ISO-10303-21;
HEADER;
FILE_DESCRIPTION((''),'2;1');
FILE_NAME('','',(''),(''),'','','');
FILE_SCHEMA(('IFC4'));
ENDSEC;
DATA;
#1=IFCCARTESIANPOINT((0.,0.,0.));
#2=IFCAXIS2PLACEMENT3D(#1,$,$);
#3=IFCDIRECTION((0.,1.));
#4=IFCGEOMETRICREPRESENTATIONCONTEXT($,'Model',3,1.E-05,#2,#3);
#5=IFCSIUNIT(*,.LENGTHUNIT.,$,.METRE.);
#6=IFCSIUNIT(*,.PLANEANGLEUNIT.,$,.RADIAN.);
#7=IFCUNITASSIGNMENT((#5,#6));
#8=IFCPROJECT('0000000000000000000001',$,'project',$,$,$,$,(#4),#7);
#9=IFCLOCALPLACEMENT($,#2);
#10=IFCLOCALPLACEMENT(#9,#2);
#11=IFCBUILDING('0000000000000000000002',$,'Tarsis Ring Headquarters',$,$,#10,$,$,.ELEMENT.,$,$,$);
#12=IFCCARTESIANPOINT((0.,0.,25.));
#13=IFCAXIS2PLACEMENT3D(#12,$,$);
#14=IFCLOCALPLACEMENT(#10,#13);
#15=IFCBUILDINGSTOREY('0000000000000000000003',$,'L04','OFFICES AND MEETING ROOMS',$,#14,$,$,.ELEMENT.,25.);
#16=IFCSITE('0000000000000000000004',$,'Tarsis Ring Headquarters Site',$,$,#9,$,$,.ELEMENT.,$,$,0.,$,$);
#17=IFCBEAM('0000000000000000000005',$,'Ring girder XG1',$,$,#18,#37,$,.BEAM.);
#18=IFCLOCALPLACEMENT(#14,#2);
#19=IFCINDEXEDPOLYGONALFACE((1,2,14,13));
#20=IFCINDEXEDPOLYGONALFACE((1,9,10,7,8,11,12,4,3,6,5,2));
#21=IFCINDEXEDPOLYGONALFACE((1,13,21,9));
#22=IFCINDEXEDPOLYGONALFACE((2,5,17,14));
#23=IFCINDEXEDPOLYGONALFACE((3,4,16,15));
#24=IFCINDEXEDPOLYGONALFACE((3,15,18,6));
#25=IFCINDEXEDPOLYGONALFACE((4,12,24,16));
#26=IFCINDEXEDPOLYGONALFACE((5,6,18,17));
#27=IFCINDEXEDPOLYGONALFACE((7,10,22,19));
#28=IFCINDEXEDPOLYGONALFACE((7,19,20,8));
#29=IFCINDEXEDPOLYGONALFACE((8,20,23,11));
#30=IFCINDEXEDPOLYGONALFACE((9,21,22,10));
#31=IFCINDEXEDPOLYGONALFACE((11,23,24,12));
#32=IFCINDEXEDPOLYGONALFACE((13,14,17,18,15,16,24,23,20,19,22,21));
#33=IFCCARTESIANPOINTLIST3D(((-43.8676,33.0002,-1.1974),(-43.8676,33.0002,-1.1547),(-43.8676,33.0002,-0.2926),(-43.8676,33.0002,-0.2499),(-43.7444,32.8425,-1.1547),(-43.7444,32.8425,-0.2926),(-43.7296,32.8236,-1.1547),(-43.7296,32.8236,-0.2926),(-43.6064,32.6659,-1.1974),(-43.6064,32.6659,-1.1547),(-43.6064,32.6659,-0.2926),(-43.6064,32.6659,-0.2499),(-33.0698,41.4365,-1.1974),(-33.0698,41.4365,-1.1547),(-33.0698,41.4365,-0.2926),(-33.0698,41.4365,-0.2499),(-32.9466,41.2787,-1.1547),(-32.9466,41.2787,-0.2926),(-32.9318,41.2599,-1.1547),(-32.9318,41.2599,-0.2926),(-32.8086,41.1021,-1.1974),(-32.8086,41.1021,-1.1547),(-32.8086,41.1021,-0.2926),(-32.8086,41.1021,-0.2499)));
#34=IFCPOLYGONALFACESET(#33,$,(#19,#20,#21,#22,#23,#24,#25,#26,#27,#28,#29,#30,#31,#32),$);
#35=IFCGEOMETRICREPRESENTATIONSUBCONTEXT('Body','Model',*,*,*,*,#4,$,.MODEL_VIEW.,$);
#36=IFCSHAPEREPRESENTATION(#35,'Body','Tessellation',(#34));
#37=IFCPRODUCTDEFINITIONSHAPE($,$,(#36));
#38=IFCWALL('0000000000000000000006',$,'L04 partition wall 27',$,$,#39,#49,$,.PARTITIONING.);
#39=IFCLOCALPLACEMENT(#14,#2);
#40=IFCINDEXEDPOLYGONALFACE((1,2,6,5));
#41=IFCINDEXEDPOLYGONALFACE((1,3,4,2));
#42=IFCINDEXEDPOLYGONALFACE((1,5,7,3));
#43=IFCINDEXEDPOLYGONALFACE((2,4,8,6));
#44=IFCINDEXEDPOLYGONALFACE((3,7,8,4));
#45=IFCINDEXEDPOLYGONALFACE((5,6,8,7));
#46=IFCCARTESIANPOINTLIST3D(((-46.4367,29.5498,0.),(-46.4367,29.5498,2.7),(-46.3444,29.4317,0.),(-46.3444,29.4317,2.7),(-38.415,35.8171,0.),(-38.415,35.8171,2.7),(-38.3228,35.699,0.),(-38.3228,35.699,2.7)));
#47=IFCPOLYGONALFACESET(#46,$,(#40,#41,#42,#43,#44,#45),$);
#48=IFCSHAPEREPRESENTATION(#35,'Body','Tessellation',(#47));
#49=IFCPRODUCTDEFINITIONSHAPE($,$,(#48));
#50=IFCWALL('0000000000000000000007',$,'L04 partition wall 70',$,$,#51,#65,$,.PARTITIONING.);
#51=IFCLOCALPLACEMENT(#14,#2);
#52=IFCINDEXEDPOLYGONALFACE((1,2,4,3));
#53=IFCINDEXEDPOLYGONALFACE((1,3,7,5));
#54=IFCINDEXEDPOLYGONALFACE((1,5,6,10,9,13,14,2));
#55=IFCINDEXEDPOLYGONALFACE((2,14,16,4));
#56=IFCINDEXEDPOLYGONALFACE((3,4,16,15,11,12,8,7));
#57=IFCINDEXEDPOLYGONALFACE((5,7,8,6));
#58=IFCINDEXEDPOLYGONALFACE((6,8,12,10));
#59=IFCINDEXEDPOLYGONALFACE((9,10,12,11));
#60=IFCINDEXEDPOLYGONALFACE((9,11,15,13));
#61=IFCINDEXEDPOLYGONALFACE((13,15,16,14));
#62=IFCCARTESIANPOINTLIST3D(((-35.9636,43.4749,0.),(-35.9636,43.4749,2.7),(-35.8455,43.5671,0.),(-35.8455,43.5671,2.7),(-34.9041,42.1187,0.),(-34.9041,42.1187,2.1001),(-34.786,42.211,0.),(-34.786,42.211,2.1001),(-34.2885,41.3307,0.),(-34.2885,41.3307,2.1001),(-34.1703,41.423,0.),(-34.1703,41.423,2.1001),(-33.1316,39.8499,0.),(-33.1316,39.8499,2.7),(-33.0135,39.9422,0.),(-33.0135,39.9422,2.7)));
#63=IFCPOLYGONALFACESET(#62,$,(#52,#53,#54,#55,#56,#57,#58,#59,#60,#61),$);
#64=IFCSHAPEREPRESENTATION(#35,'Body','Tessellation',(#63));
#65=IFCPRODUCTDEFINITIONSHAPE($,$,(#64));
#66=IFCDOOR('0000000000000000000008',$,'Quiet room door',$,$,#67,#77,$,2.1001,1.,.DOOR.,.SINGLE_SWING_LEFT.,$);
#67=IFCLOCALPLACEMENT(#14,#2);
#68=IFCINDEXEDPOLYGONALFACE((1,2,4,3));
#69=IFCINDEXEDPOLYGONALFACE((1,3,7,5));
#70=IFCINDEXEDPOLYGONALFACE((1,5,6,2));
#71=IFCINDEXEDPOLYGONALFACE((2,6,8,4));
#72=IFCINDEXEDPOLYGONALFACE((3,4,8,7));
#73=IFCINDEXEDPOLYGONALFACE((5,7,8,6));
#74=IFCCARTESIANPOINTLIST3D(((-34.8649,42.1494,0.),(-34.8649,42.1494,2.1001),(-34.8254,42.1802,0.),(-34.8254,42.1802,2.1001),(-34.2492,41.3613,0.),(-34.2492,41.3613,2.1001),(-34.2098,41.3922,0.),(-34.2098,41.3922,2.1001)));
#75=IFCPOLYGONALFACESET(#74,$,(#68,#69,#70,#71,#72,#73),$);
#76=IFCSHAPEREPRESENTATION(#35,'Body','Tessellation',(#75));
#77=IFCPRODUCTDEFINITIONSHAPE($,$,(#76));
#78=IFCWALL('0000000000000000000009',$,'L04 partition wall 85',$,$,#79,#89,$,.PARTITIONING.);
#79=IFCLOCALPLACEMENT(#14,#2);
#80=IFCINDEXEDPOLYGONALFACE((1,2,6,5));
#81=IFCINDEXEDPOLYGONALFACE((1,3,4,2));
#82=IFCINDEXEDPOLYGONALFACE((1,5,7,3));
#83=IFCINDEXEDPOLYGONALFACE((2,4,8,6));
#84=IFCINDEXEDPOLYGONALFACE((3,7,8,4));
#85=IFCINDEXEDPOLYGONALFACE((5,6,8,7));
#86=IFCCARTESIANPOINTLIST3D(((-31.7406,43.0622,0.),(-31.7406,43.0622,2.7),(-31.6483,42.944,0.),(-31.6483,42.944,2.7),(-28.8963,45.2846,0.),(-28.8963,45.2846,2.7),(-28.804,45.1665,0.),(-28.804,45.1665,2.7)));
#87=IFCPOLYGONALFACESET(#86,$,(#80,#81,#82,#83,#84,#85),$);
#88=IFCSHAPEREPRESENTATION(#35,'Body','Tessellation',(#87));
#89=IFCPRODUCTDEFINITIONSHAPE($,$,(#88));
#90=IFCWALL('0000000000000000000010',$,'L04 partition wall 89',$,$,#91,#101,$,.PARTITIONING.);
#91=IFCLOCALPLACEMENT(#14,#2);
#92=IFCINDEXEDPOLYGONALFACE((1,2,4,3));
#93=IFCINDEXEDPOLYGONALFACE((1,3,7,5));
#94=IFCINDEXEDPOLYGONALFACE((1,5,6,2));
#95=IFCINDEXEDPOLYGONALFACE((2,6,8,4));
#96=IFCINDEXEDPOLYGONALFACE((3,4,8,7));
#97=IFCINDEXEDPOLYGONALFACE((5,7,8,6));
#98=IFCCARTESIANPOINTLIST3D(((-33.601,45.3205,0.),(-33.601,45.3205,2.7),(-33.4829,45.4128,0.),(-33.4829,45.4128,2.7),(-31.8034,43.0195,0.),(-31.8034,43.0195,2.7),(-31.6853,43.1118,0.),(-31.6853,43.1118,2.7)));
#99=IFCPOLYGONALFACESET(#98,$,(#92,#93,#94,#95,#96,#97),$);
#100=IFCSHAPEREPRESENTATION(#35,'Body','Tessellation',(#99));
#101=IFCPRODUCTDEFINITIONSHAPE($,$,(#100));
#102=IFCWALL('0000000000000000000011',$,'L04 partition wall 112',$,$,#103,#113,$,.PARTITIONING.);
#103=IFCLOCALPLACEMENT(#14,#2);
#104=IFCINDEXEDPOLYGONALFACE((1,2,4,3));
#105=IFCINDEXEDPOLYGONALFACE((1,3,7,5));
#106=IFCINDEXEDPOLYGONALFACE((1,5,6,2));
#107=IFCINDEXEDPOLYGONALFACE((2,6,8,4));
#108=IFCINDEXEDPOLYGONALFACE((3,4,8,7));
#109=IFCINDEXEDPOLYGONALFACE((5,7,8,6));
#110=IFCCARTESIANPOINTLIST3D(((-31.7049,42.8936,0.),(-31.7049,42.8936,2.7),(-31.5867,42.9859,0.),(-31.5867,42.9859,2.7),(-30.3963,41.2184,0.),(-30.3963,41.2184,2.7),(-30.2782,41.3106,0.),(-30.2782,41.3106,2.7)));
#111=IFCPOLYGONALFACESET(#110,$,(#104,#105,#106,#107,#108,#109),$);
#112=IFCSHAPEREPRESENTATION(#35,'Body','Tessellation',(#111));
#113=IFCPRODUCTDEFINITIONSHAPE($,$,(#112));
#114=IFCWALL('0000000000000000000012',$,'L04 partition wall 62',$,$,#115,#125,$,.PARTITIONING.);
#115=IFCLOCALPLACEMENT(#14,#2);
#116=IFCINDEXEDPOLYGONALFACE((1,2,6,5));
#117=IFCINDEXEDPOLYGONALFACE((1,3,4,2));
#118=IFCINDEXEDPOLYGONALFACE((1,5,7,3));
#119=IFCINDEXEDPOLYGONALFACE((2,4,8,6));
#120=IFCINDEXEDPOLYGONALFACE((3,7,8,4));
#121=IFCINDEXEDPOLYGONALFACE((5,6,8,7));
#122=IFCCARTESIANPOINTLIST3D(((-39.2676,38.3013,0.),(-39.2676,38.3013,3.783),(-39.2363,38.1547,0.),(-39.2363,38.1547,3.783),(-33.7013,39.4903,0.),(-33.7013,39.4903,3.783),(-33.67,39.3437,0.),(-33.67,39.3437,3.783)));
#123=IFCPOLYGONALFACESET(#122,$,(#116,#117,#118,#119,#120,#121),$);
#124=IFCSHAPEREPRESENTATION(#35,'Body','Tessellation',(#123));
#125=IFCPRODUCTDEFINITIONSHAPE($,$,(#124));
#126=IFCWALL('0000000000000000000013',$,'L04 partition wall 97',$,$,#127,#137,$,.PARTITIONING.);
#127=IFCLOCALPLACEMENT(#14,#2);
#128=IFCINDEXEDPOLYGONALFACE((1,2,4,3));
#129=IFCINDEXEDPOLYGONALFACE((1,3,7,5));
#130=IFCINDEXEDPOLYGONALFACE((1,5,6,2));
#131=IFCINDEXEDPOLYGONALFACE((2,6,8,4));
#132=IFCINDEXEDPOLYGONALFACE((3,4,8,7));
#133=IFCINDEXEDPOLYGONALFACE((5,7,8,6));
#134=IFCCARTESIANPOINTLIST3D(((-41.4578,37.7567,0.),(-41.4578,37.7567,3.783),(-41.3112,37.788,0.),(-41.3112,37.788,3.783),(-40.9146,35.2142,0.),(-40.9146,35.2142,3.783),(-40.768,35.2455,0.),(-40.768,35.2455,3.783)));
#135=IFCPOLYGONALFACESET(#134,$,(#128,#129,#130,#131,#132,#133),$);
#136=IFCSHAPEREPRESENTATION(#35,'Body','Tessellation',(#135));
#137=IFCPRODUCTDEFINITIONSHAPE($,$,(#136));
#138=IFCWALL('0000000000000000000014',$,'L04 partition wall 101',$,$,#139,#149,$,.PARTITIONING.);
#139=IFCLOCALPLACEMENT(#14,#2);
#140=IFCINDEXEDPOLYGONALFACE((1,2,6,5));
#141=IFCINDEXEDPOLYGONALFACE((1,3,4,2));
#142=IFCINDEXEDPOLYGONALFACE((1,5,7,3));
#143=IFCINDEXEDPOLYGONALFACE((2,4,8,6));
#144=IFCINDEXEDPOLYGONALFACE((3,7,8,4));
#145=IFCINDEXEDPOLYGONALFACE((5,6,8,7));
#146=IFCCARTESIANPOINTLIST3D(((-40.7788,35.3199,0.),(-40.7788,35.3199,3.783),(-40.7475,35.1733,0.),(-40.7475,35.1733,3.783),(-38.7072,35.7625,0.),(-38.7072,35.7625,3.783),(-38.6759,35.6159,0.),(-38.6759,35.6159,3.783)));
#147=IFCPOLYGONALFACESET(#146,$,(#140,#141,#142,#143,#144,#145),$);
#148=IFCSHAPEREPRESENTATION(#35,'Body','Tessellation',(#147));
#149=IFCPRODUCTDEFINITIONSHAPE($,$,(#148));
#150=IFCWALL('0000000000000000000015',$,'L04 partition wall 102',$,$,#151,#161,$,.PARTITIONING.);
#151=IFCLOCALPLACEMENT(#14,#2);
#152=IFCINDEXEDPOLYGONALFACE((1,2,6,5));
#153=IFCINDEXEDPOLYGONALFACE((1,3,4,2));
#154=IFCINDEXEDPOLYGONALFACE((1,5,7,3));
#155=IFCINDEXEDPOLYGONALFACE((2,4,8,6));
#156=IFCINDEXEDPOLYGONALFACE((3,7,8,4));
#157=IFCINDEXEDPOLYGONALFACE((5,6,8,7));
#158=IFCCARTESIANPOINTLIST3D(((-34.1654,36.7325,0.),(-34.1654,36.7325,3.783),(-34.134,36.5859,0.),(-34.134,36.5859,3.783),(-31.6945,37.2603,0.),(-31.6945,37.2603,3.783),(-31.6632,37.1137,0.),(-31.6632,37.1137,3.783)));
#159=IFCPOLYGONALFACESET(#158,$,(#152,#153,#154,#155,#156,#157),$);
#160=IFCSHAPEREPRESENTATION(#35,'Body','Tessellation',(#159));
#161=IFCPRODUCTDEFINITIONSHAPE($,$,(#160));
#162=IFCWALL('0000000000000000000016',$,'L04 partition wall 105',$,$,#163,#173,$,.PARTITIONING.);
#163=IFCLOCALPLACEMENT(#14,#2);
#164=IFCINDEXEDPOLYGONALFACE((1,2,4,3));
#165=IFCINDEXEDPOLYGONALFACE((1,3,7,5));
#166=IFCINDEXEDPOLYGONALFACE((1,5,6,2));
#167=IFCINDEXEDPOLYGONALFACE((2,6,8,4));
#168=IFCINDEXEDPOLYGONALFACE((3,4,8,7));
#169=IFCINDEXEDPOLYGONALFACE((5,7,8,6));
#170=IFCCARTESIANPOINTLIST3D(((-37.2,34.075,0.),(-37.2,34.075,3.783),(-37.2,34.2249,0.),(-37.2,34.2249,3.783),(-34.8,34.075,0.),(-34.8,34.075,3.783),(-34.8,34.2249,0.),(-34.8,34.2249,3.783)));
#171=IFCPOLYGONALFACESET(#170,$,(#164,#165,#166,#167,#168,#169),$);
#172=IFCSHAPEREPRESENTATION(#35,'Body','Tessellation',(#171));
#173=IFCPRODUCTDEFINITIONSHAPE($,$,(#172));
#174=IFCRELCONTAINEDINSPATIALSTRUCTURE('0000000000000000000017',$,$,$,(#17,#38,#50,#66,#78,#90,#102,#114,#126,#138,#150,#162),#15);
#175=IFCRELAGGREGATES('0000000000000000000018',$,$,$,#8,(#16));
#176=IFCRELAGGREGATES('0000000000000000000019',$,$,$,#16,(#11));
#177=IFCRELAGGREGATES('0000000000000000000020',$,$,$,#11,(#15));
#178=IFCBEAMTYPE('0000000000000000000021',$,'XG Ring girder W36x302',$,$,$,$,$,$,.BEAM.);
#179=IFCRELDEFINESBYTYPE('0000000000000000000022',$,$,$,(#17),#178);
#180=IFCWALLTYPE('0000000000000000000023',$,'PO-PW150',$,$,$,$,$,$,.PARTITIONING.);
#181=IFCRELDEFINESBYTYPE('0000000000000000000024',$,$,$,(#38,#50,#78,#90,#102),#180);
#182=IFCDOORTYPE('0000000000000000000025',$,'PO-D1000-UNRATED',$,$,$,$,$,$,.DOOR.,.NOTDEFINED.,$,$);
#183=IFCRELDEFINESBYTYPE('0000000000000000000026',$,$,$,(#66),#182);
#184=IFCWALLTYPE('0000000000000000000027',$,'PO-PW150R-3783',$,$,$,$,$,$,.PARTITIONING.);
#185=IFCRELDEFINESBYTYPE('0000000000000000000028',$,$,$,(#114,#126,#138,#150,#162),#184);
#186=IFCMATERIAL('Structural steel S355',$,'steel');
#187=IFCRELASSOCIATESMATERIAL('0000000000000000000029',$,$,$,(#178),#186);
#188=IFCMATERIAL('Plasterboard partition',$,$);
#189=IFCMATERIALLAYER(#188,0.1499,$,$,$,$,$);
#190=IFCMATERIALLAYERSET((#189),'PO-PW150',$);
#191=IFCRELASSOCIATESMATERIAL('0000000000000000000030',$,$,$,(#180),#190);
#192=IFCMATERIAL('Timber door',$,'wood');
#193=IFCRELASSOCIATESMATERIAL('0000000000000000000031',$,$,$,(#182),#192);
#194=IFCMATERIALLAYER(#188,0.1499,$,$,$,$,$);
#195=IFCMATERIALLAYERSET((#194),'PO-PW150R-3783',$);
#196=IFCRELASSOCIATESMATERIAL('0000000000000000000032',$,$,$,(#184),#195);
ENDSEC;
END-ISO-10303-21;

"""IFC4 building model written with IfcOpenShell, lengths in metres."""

from ifc_helpers import new_model, si_unit, direction, frame, frame_2d, origin, origin_2d, place, context, subcontext, project, spatial, rectangle, i_section, extrude, material, layer, layer_set, material_profile, profile_set, type_object, element, fill, save


model = new_model("IFC4")

# Units and contexts
model_context = context("Model", 3, precision=1e-05, world=origin(), true_north=direction((0.0, 1.0)))
body_context = subcontext(model_context, "Body", "Model", "MODEL_VIEW")
ifc_project = project(units=[si_unit("LENGTHUNIT", "METRE"), si_unit("PLANEANGLEUNIT", "RADIAN")], contexts=[model_context])

# Site, building, storey
site_placement = place(None, origin())
site = spatial("IfcSite", under=ifc_project, at=site_placement, Name="Tarsis Ring Headquarters Site", CompositionType="ELEMENT", RefElevation=0.0)
building_placement = place(site_placement, origin())
building = spatial("IfcBuilding", under=site, at=building_placement, Name="Tarsis Ring Headquarters", CompositionType="ELEMENT")
storey_placement = place(building_placement, frame((0.0, 0.0, 25.0)))
storey = spatial("IfcBuildingStorey", under=building, at=storey_placement, Name="L04", Description="OFFICES AND MEETING ROOMS", CompositionType="ELEMENT", Elevation=25.0)

# Beam
ifc_material_1 = material(Name="Structural steel S355", Category="steel")
ifc_material_profile_1 = material_profile(ifc_material_1, i_section(OverallWidth=0.4243, OverallDepth=0.9475, WebThickness=0.0239, FlangeThickness=0.0427, at=origin_2d()), Name="W36x302")
ifc_profile_set_1 = profile_set([ifc_material_profile_1], Name="Structural steel S355")
beam_type_1 = type_object("IfcBeamType", Name="XG Ring girder W36x302", PredefinedType="BEAM", material=ifc_profile_set_1)
beam_1_placement = place(storey_placement, frame((-32.9392, 41.2693, -0.7236), z_axis=(-0.788008, -0.615665, 0.0), x_axis=(0.615665, -0.788008, 0.0)))
element("IfcBeam", 1, at=beam_1_placement, inside=storey, type_object=beam_type_1, Name="Ring girder XG1", PredefinedType="BEAM", context=body_context, shape_type="SweptSolid", body=[
    extrude(i_section(OverallWidth=0.4243, OverallDepth=0.9475, WebThickness=0.0239, FlangeThickness=0.0427, at=origin_2d()), origin(), (0.0, 0.0, 1.0), 13.7026),
])

# Wall
ifc_material_2 = material(Name="Plasterboard partition")
ifc_layer_1 = layer(ifc_material_2, 0.1499)
ifc_layer_set_1 = layer_set([ifc_layer_1], Name="PO-PW150")
wall_type_1 = type_object("IfcWallType", Name="PO-PW150", PredefinedType="PARTITIONING", material=ifc_layer_set_1)
wall_1_placement = place(storey_placement, frame((-38.3689, 35.7581, 0.0), z_axis=(0.0, 0.0, 1.0), x_axis=(-0.788007, -0.615666, 0.0)))
element("IfcWall", 2, at=wall_1_placement, inside=storey, type_object=wall_type_1, Name="L04 partition wall 27", PredefinedType="PARTITIONING", context=body_context, shape_type="SweptSolid", body=[
    extrude(rectangle(XDim=10.1797, YDim=0.1499, at=frame_2d((5.0898, 0.0))), origin(), (0.0, 0.0, 1.0), 2.7),
])

# Wall, opening, door
wall_2_placement = place(storey_placement, frame((-35.9045, 43.521, 0.0), z_axis=(0.0, 0.0, 1.0), x_axis=(0.615644, -0.788024, 0.0)))
wall_2 = element("IfcWall", 3, at=wall_2_placement, inside=storey, type_object=wall_type_1, Name="L04 partition wall 70", PredefinedType="PARTITIONING", context=body_context, shape_type="SweptSolid", body=[
    extrude(rectangle(XDim=4.6001, YDim=0.1499, at=frame_2d((2.3, 0.0))), origin(), (0.0, 0.0, 1.0), 2.7),
])
opening_1_placement = place(wall_2_placement, frame((1.7209, 0.0, 0.0)))
opening_1 = element("IfcOpeningElement", 4, at=opening_1_placement, cuts=wall_2, PredefinedType="OPENING", context=body_context, shape_type="SweptSolid", body=[
    extrude(rectangle(XDim=1.0, YDim=2.1001, at=frame_2d((0.5, 1.05))), frame((0.0, 0.085, 0.0), z_axis=(0.0, -1.0, 0.0), x_axis=(1.0, 0.0, 0.0)), (0.0, 0.0, 1.0), 0.1699),
])
ifc_material_3 = material(Name="Timber door", Category="wood")
door_type_1 = type_object("IfcDoorType", Name="PO-D1000-UNRATED", OperationType="NOTDEFINED", PredefinedType="DOOR", material=ifc_material_3)
door_1_placement = place(opening_1_placement, origin())
door_1 = element("IfcDoor", 5, at=door_1_placement, inside=storey, type_object=door_type_1, Name="Quiet room door", OperationType="SINGLE_SWING_LEFT", OverallHeight=2.1001, OverallWidth=1.0, PredefinedType="DOOR", context=body_context, shape_type="SweptSolid", body=[
    extrude(rectangle(XDim=1.0, YDim=2.1001, at=frame_2d((0.5, 1.05))), frame((0.0, 0.0249, 0.0), z_axis=(0.0, -1.0, 0.0), x_axis=(1.0, 0.0, 0.0)), (0.0, 0.0, 1.0), 0.05),
])
fill(opening_1, door_1)

# Walls
wall_3_placement = place(storey_placement, frame((-31.6943, 43.0032, 0.0), z_axis=(0.0, 0.0, 1.0), x_axis=(0.787977, 0.615704, 0.0)))
element("IfcWall", 6, at=wall_3_placement, inside=storey, type_object=wall_type_1, Name="L04 partition wall 85", PredefinedType="PARTITIONING", context=body_context, shape_type="SweptSolid", body=[
    extrude(rectangle(XDim=3.6096, YDim=0.1499, at=frame_2d((1.8047, 0.0))), origin(), (0.0, 0.0, 1.0), 2.7),
])
wall_4_placement = place(storey_placement, frame((-31.7444, 43.0657, 0.0), z_axis=(0.0, 0.0, 1.0), x_axis=(-0.615629, 0.788036, 0.0)))
element("IfcWall", 7, at=wall_4_placement, inside=storey, type_object=wall_type_1, Name="L04 partition wall 89", PredefinedType="PARTITIONING", context=body_context, shape_type="SweptSolid", body=[
    extrude(rectangle(XDim=2.9199, YDim=0.1499, at=frame_2d((1.46, 0.0))), origin(), (0.0, 0.0, 1.0), 2.7),
])
wall_5_placement = place(storey_placement, frame((-30.3372, 41.2644, 0.0), z_axis=(0.0, 0.0, 1.0), x_axis=(-0.615577, 0.788077, 0.0)))
element("IfcWall", 8, at=wall_5_placement, inside=storey, type_object=wall_type_1, Name="L04 partition wall 112", PredefinedType="PARTITIONING", context=body_context, shape_type="SweptSolid", body=[
    extrude(rectangle(XDim=2.1257, YDim=0.1499, at=frame_2d((1.063, 0.0))), origin(), (0.0, 0.0, 1.0), 2.7),
])
ifc_layer_2 = layer(ifc_material_2, 0.1499)
ifc_layer_set_2 = layer_set([ifc_layer_2], Name="PO-PW150R-3783")
wall_type_2 = type_object("IfcWallType", Name="PO-PW150R-3783", PredefinedType="PARTITIONING", material=ifc_layer_set_2)
wall_6_placement = place(storey_placement, frame((-39.252, 38.228, 0.0), z_axis=(0.0, 0.0, 1.0), x_axis=(0.97794, 0.208885, 0.0)))
element("IfcWall", 9, at=wall_6_placement, inside=storey, type_object=wall_type_2, Name="L04 partition wall 62", PredefinedType="PARTITIONING", context=body_context, shape_type="SweptSolid", body=[
    extrude(rectangle(XDim=5.6919, YDim=0.1499, at=frame_2d((2.8459, 0.0))), origin(), (0.0, 0.0, 1.0), 3.783),
])
wall_7_placement = place(storey_placement, frame((-40.8413, 35.23, 0.0), z_axis=(0.0, 0.0, 1.0), x_axis=(-0.208939, 0.977929, 0.0)))
element("IfcWall", 10, at=wall_7_placement, inside=storey, type_object=wall_type_2, Name="L04 partition wall 97", PredefinedType="PARTITIONING", context=body_context, shape_type="SweptSolid", body=[
    extrude(rectangle(XDim=2.5999, YDim=0.1499, at=frame_2d((1.2998, 0.0))), origin(), (0.0, 0.0, 1.0), 3.783),
])
wall_8_placement = place(storey_placement, frame((-38.6917, 35.6892, 0.0), z_axis=(0.0, 0.0, 1.0), x_axis=(-0.977925, -0.208954, 0.0)))
element("IfcWall", 11, at=wall_8_placement, inside=storey, type_object=wall_type_2, Name="L04 partition wall 101", PredefinedType="PARTITIONING", context=body_context, shape_type="SweptSolid", body=[
    extrude(rectangle(XDim=2.1184, YDim=0.1499, at=frame_2d((1.0591, 0.0))), origin(), (0.0, 0.0, 1.0), 3.783),
])
wall_9_placement = place(storey_placement, frame((-31.679, 37.187, 0.0), z_axis=(0.0, 0.0, 1.0), x_axis=(-0.977937, -0.208902, 0.0)))
element("IfcWall", 12, at=wall_9_placement, inside=storey, type_object=wall_type_2, Name="L04 partition wall 102", PredefinedType="PARTITIONING", context=body_context, shape_type="SweptSolid", body=[
    extrude(rectangle(XDim=2.5266, YDim=0.1499, at=frame_2d((1.2632, 0.0))), origin(), (0.0, 0.0, 1.0), 3.783),
])
wall_10_placement = place(storey_placement, frame((-34.8, 34.1499, 0.0), z_axis=(0.0, 0.0, 1.0), x_axis=(-1.0, 0.0, 0.0)))
element("IfcWall", 13, at=wall_10_placement, inside=storey, type_object=wall_type_2, Name="L04 partition wall 105", PredefinedType="PARTITIONING", context=body_context, shape_type="SweptSolid", body=[
    extrude(rectangle(XDim=2.3999, YDim=0.1499, at=frame_2d((1.2, 0.0))), origin(), (0.0, 0.0, 1.0), 3.783),
])

save(model, "model.ifc")
